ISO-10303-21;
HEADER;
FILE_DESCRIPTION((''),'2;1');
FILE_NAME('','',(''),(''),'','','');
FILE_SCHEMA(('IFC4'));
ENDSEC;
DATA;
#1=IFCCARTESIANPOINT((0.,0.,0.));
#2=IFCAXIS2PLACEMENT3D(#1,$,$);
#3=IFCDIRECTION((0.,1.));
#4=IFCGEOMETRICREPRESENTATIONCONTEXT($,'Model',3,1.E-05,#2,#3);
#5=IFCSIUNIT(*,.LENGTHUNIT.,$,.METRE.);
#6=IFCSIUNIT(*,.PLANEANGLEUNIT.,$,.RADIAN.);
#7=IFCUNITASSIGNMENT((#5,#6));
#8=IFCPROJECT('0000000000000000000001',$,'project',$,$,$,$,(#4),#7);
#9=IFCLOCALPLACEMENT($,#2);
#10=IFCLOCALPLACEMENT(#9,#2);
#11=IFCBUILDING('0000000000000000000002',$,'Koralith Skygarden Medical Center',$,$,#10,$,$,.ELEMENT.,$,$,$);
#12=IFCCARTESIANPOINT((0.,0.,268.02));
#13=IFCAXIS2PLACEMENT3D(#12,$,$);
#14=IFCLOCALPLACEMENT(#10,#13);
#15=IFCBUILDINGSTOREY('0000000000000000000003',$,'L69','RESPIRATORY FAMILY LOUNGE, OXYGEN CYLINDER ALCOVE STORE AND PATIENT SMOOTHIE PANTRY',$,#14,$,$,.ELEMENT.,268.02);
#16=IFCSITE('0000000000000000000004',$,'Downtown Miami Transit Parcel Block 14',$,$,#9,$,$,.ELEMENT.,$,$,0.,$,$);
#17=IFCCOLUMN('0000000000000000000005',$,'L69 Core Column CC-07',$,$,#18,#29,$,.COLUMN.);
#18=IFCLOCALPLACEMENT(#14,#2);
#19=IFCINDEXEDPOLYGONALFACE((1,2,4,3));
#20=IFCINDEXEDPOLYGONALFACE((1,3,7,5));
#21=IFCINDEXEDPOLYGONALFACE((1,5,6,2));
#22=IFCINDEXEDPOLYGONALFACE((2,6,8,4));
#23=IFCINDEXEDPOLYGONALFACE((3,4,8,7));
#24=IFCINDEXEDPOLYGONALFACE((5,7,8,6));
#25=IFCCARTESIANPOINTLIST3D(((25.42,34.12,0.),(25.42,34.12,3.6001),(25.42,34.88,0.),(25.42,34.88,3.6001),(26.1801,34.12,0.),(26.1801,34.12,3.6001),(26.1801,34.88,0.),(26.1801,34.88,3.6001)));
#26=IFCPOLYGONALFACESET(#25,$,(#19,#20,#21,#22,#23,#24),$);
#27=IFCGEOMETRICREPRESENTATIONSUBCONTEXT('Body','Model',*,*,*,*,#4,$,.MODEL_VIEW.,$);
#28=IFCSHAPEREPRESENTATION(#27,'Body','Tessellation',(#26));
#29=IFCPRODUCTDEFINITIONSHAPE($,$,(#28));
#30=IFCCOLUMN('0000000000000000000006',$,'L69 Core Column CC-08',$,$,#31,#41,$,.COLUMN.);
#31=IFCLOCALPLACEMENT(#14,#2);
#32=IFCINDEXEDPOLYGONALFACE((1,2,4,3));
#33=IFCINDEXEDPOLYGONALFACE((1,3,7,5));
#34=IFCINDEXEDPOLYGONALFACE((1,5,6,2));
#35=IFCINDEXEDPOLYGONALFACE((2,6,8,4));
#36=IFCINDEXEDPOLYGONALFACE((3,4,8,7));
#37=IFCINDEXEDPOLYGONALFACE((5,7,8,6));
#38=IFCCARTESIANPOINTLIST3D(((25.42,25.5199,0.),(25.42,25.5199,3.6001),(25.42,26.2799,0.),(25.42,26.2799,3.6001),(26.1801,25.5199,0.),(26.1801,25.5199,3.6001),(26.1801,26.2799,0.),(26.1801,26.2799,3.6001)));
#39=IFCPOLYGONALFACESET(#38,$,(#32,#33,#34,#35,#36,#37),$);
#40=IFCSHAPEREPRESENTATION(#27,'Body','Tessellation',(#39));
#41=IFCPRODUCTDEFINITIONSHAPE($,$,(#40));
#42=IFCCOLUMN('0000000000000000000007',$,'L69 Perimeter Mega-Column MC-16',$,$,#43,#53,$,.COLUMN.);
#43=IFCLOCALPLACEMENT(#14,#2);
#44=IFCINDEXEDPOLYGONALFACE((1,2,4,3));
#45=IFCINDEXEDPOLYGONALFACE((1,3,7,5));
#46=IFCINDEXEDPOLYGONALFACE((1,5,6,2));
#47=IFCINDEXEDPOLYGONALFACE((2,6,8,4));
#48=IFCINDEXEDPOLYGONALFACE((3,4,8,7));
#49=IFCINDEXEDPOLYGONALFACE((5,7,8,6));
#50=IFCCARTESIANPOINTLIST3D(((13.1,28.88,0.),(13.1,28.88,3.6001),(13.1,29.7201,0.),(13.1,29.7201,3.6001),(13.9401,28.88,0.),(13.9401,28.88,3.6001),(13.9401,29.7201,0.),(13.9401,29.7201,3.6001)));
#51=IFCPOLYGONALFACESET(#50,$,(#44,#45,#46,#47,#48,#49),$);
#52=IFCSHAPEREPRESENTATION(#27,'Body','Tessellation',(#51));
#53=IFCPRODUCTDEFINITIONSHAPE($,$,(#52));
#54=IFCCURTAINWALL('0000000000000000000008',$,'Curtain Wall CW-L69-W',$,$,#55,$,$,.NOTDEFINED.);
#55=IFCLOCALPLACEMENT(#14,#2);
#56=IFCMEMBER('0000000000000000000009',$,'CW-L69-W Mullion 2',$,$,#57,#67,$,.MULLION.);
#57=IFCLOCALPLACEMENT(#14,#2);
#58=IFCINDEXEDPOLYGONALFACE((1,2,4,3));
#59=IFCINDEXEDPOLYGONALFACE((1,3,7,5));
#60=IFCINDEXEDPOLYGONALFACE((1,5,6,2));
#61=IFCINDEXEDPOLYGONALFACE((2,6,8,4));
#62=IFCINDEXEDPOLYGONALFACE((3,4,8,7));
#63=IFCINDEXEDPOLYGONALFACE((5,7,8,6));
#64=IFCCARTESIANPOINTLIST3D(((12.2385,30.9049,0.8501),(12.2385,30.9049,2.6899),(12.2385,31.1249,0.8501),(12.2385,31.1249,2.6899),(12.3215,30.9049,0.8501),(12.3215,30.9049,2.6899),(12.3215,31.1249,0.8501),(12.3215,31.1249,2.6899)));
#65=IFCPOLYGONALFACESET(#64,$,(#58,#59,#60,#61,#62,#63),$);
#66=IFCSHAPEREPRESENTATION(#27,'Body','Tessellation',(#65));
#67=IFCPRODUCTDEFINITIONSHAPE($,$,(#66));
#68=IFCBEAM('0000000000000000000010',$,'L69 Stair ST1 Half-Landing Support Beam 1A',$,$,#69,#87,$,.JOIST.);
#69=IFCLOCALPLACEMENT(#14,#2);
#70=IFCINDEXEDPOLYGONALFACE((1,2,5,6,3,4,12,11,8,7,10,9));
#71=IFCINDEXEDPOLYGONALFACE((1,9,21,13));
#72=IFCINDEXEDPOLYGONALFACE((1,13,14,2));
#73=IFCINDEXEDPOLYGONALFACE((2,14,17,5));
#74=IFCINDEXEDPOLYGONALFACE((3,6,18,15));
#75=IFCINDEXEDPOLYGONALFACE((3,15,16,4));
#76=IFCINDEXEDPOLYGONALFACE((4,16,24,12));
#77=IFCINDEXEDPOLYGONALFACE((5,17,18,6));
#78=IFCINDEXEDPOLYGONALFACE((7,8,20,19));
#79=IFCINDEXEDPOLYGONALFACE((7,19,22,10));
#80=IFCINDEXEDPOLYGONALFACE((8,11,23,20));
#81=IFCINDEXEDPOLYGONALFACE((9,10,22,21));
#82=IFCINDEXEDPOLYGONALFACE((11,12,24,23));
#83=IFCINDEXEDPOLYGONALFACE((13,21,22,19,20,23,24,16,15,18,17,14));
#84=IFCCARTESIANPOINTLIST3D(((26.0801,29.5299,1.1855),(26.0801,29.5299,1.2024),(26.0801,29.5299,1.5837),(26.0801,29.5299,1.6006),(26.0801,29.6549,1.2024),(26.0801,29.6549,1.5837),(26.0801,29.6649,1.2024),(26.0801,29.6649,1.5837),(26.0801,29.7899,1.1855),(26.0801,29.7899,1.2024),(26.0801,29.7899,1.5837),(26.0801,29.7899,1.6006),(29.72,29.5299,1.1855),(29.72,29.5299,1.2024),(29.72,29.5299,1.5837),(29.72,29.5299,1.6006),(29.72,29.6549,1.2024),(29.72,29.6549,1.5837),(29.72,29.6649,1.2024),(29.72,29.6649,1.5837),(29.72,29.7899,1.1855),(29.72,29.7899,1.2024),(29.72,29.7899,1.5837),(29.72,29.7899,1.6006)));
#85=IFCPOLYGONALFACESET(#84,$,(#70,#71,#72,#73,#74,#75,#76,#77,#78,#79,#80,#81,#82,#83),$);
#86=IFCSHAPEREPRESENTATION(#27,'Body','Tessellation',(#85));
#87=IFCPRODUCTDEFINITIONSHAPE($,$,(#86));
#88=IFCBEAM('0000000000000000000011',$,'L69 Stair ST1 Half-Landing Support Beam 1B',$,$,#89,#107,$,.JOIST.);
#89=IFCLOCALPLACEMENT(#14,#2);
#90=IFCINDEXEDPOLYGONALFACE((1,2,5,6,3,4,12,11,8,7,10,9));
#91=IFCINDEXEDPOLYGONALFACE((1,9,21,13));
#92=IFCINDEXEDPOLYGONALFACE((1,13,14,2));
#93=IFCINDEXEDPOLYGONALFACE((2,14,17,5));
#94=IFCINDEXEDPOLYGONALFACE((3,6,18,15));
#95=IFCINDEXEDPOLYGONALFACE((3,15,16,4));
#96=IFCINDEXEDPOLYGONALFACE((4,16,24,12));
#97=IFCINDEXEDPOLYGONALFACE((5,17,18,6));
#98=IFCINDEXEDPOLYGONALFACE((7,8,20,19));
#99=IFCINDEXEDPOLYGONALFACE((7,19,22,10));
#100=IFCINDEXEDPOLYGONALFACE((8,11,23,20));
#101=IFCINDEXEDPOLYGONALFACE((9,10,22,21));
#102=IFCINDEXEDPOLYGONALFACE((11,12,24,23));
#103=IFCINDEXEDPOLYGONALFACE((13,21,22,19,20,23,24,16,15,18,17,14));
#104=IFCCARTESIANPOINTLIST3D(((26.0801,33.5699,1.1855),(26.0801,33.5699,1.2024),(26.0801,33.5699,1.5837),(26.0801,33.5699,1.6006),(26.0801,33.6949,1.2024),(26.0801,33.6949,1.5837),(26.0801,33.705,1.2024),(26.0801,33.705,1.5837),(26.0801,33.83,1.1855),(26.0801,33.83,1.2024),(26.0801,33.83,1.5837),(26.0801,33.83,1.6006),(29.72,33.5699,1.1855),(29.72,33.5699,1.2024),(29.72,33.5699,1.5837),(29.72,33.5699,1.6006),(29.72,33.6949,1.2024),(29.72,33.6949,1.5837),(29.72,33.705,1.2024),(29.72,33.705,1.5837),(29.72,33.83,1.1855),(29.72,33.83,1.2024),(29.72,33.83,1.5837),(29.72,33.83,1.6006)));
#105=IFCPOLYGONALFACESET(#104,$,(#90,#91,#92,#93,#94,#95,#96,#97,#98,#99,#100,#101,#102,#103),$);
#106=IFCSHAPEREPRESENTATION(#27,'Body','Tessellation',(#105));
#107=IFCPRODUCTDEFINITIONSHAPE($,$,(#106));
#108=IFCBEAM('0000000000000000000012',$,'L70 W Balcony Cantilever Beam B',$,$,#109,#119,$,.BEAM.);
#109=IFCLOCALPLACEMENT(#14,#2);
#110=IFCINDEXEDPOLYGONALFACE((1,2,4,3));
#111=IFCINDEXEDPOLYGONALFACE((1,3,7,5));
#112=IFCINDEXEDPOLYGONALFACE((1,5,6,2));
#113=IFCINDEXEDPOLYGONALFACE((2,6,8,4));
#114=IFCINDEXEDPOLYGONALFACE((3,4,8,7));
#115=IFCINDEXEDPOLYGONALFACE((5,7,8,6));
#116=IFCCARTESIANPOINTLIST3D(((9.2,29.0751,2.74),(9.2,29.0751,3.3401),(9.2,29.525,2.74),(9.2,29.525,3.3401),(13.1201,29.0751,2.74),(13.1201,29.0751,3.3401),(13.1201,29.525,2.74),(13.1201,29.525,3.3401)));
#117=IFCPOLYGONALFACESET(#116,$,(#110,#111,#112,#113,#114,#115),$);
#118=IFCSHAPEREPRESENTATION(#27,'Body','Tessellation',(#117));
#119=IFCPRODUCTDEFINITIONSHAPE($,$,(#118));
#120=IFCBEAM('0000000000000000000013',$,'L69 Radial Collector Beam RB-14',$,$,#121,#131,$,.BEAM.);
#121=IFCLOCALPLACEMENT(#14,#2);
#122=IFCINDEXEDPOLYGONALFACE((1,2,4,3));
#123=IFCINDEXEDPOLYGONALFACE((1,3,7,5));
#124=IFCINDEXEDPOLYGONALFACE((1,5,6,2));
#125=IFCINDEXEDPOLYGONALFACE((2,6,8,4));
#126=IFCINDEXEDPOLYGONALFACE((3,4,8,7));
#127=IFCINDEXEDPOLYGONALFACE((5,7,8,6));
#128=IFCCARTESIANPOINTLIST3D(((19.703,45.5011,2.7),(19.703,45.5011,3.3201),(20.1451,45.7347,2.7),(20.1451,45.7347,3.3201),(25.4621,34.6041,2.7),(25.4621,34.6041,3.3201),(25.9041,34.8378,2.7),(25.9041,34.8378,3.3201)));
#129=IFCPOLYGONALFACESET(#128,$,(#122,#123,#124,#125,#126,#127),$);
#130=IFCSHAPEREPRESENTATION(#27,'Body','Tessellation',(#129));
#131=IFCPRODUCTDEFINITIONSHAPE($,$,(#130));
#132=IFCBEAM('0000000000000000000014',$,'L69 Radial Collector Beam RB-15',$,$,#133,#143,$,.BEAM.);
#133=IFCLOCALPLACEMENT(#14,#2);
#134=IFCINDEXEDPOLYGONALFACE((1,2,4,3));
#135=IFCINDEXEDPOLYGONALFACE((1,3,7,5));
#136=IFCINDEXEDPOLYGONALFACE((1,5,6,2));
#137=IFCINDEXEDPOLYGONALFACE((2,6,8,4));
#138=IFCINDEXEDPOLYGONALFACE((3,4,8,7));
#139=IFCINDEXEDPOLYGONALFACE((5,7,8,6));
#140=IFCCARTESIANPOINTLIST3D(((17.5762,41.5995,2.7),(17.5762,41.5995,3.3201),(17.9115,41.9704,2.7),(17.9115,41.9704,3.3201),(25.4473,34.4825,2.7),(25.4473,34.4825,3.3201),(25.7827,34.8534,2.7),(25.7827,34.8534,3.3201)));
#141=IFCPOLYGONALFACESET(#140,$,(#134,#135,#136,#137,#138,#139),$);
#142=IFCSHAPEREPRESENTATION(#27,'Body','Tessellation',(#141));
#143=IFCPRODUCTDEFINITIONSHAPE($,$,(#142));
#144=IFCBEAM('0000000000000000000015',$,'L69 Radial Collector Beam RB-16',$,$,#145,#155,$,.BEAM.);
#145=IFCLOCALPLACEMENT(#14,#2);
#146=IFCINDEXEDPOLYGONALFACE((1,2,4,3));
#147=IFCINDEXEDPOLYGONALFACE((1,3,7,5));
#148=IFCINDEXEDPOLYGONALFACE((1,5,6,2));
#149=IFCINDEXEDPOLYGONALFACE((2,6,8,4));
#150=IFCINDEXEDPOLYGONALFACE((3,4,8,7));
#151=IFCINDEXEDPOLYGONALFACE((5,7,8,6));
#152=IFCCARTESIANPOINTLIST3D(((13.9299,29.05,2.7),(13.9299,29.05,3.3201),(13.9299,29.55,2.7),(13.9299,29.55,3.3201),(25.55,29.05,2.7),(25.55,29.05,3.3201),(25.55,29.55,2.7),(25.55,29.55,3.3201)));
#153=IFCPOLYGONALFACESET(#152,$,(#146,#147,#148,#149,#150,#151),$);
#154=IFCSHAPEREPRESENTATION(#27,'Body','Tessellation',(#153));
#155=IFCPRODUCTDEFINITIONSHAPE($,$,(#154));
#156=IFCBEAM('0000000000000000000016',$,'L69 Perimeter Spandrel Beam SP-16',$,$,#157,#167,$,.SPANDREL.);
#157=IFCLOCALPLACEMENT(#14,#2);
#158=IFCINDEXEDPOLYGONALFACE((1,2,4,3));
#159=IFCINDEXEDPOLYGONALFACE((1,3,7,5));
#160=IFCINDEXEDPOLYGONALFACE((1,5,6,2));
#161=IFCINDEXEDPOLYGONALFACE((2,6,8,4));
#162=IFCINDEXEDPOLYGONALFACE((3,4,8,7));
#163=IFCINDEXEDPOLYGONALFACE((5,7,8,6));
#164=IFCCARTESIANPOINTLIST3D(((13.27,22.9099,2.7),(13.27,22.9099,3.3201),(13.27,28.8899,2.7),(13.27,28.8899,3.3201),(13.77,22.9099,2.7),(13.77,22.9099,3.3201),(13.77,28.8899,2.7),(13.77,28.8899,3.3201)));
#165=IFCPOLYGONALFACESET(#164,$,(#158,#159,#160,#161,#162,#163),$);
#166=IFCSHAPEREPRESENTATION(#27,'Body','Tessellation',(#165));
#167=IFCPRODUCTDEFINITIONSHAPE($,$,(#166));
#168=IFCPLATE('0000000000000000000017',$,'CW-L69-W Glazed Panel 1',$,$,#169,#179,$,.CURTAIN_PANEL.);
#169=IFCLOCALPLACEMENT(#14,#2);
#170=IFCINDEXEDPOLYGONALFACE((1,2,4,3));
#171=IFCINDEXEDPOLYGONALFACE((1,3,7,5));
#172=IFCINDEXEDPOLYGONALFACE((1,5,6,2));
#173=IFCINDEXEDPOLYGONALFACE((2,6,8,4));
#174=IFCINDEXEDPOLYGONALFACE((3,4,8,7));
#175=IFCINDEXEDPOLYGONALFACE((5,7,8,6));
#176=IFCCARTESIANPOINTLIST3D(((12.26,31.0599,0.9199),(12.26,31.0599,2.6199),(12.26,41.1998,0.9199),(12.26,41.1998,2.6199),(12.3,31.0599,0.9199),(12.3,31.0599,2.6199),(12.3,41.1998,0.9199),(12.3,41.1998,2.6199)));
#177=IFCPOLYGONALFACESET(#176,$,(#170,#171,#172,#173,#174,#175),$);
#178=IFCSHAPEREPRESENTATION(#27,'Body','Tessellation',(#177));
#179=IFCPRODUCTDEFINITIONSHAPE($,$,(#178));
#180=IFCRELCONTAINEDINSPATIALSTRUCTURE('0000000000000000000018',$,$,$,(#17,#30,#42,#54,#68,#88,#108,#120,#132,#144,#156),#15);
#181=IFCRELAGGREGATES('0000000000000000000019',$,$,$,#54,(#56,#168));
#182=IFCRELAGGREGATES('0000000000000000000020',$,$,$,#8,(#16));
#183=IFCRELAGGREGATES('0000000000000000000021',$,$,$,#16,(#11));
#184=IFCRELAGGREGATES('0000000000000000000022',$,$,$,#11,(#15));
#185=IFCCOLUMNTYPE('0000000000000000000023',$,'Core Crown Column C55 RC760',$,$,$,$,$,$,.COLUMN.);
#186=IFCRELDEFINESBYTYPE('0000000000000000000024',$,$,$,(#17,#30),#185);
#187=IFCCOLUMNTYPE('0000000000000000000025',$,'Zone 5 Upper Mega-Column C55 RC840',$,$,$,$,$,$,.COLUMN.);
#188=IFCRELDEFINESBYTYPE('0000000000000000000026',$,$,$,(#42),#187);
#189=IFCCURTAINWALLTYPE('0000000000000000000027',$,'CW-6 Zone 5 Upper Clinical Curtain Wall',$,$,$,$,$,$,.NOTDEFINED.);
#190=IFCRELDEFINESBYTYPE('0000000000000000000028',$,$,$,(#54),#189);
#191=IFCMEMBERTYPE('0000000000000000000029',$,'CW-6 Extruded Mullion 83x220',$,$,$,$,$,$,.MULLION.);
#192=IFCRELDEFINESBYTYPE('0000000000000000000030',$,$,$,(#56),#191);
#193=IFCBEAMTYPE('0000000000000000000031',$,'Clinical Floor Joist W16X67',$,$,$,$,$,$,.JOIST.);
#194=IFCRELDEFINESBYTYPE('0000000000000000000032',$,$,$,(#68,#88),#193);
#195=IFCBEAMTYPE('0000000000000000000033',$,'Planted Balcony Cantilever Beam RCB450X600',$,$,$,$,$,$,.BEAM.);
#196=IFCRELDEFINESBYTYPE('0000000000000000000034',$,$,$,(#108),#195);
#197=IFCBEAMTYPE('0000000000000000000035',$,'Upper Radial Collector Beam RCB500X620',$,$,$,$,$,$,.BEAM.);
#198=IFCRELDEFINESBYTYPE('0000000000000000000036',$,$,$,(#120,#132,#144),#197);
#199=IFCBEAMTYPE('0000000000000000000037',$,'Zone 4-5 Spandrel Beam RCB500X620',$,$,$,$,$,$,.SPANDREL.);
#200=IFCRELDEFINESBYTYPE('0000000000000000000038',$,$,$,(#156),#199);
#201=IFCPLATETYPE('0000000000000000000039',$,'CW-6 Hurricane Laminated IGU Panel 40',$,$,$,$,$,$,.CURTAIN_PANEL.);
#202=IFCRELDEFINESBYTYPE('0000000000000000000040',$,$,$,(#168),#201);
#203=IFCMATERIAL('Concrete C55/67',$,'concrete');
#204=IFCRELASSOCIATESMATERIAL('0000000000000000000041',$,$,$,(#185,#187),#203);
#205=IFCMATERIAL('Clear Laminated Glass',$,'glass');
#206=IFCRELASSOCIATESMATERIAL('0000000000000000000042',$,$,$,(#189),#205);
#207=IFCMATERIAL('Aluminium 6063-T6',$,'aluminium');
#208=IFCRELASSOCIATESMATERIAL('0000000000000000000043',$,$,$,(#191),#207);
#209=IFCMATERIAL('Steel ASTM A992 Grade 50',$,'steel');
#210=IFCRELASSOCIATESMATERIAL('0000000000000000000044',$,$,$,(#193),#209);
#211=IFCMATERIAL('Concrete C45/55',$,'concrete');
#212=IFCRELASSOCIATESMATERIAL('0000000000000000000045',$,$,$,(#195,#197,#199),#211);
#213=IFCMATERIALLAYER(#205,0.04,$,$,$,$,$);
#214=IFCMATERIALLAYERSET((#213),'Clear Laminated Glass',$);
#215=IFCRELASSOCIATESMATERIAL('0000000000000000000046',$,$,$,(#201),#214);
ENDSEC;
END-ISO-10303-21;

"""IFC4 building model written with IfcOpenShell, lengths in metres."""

from ifc_helpers import new_model, si_unit, direction, frame, origin, origin_2d, place, context, subcontext, project, spatial, rectangle, i_section, extrude, material, layer, layer_set, material_profile, profile_set, type_object, element, aggregate, save


model = new_model("IFC4")

# Units and contexts
model_context = context("Model", 3, precision=1e-05, world=origin(), true_north=direction((0.0, 1.0)))
body_context = subcontext(model_context, "Body", "Model", "MODEL_VIEW")
ifc_project = project(units=[si_unit("LENGTHUNIT", "METRE"), si_unit("PLANEANGLEUNIT", "RADIAN")], contexts=[model_context])

# Site, building, storey
site_placement = place(None, origin())
site = spatial("IfcSite", under=ifc_project, at=site_placement, Name="Downtown Miami Transit Parcel Block 14", CompositionType="ELEMENT", RefElevation=0.0)
building_placement = place(site_placement, origin())
building = spatial("IfcBuilding", under=site, at=building_placement, Name="Koralith Skygarden Medical Center", CompositionType="ELEMENT")
storey_placement = place(building_placement, frame((0.0, 0.0, 268.02)))
storey = spatial("IfcBuildingStorey", under=building, at=storey_placement, Name="L69", Description="RESPIRATORY FAMILY LOUNGE, OXYGEN CYLINDER ALCOVE STORE AND PATIENT SMOOTHIE PANTRY", CompositionType="ELEMENT", Elevation=268.02)

# Columns
ifc_material_1 = material(Name="Concrete C55/67", Category="concrete")
ifc_material_profile_1 = material_profile(ifc_material_1, rectangle(XDim=0.76, YDim=0.76, at=origin_2d()), Name="RC760X760")
ifc_profile_set_1 = profile_set([ifc_material_profile_1], Name="Concrete C55/67")
column_type_1 = type_object("IfcColumnType", Name="Core Crown Column C55 RC760", PredefinedType="COLUMN", material=ifc_profile_set_1)
for number, where, z_axis, x_axis, name in (
    (1, (25.8, 34.5, 0.0), (0.0, 0.0, 1.0), (1.0, 0.0, 0.0), "L69 Core Column CC-07"),
    (2, (25.8, 25.8999, 0.0), (0.0, 0.0, 1.0), (1.0, 0.0, 0.0), "L69 Core Column CC-08"),
):
    element("IfcColumn", number, at=place(storey_placement, frame(where, z_axis=z_axis, x_axis=x_axis)), inside=storey, type_object=column_type_1, Name=name, PredefinedType="COLUMN", context=body_context, shape_type="SweptSolid", body=[
        extrude(rectangle(XDim=0.76, YDim=0.76, at=origin_2d()), origin(), (0.0, 0.0, 1.0), 3.6001),
    ])
ifc_material_profile_2 = material_profile(ifc_material_1, rectangle(XDim=0.8401, YDim=0.8401, at=origin_2d()), Name="RC840X840")
ifc_profile_set_2 = profile_set([ifc_material_profile_2], Name="Concrete C55/67")
column_type_2 = type_object("IfcColumnType", Name="Zone 5 Upper Mega-Column C55 RC840", PredefinedType="COLUMN", material=ifc_profile_set_2)
column_placement = place(storey_placement, frame((13.52, 29.3, 0.0), z_axis=(0.0, 0.0, 1.0), x_axis=(1.0, 0.0, 0.0)))
element("IfcColumn", 3, at=column_placement, inside=storey, type_object=column_type_2, Name="L69 Perimeter Mega-Column MC-16", PredefinedType="COLUMN", context=body_context, shape_type="SweptSolid", body=[
    extrude(rectangle(XDim=0.8401, YDim=0.8401, at=origin_2d()), origin(), (0.0, 0.0, 1.0), 3.6001),
])

# Curtain wall, member
ifc_material_2 = material(Name="Clear Laminated Glass", Category="glass")
curtain_wall_type = type_object("IfcCurtainWallType", Name="CW-6 Zone 5 Upper Clinical Curtain Wall", PredefinedType="NOTDEFINED", material=ifc_material_2)
curtain_wall_placement = place(storey_placement, origin())
curtain_wall = element("IfcCurtainWall", 4, at=curtain_wall_placement, inside=storey, type_object=curtain_wall_type, Name="Curtain Wall CW-L69-W", PredefinedType="NOTDEFINED")
ifc_material_3 = material(Name="Aluminium 6063-T6", Category="aluminium")
ifc_material_profile_3 = material_profile(ifc_material_3, rectangle(XDim=0.083, YDim=0.22, at=origin_2d()), Name="MUL83X220")
ifc_profile_set_3 = profile_set([ifc_material_profile_3], Name="Aluminium 6063-T6")
member_type = type_object("IfcMemberType", Name="CW-6 Extruded Mullion 83x220", PredefinedType="MULLION", material=ifc_profile_set_3)
member_placement = place(storey_placement, frame((12.28, 31.0149, 0.8501), z_axis=(0.0, 0.0, 1.0), x_axis=(1.0, 0.0, 0.0)))
member = element("IfcMember", 5, at=member_placement, type_object=member_type, Name="CW-L69-W Mullion 2", PredefinedType="MULLION", context=body_context, shape_type="SweptSolid", body=[
    extrude(rectangle(XDim=0.083, YDim=0.22, at=origin_2d()), origin(), (0.0, 0.0, 1.0), 1.8398),
])

# Beams
ifc_material_4 = material(Name="Steel ASTM A992 Grade 50", Category="steel")
ifc_material_profile_4 = material_profile(ifc_material_4, i_section(OverallWidth=0.26, OverallDepth=0.415, WebThickness=0.01, FlangeThickness=0.0168, at=origin_2d()), Name="W16X67")
ifc_profile_set_4 = profile_set([ifc_material_profile_4], Name="Steel ASTM A992 Grade 50")
beam_type_1 = type_object("IfcBeamType", Name="Clinical Floor Joist W16X67", PredefinedType="JOIST", material=ifc_profile_set_4)
for number, where, z_axis, x_axis, name in (
    (6, (26.0801, 29.6599, 1.3931), (1.0, 0.0, 0.0), (0.0, 1.0, 0.0), "L69 Stair ST1 Half-Landing Support Beam 1A"),
    (7, (26.0801, 33.7, 1.3931), (1.0, 0.0, 0.0), (0.0, 1.0, 0.0), "L69 Stair ST1 Half-Landing Support Beam 1B"),
):
    element("IfcBeam", number, at=place(storey_placement, frame(where, z_axis=z_axis, x_axis=x_axis)), inside=storey, type_object=beam_type_1, Name=name, PredefinedType="JOIST", context=body_context, shape_type="SweptSolid", body=[
        extrude(i_section(OverallWidth=0.26, OverallDepth=0.415, WebThickness=0.01, FlangeThickness=0.0168, at=origin_2d()), origin(), (0.0, 0.0, 1.0), 3.6399),
    ])
ifc_material_5 = material(Name="Concrete C45/55", Category="concrete")
ifc_material_profile_5 = material_profile(ifc_material_5, rectangle(XDim=0.45, YDim=0.6001, at=origin_2d()), Name="RCB450X600")
ifc_profile_set_5 = profile_set([ifc_material_profile_5], Name="Concrete C45/55")
beam_type_2 = type_object("IfcBeamType", Name="Planted Balcony Cantilever Beam RCB450X600", PredefinedType="BEAM", material=ifc_profile_set_5)
beam_1_placement = place(storey_placement, frame((13.1201, 29.3, 3.04), z_axis=(-1.0, 0.0, 0.0), x_axis=(0.0, -1.0, 0.0)))
element("IfcBeam", 8, at=beam_1_placement, inside=storey, type_object=beam_type_2, Name="L70 W Balcony Cantilever Beam B", PredefinedType="BEAM", context=body_context, shape_type="SweptSolid", body=[
    extrude(rectangle(XDim=0.45, YDim=0.6001, at=origin_2d()), origin(), (0.0, 0.0, 1.0), 3.9202),
])
ifc_material_profile_6 = material_profile(ifc_material_5, rectangle(XDim=0.5, YDim=0.6201, at=origin_2d()), Name="RCB500X620")
ifc_profile_set_6 = profile_set([ifc_material_profile_6], Name="Concrete C45/55")
beam_type_3 = type_object("IfcBeamType", Name="Upper Radial Collector Beam RCB500X620", PredefinedType="BEAM", material=ifc_profile_set_6)
beam_2_placement = place(storey_placement, frame((25.6831, 34.7209, 3.01), z_axis=(-0.467257, 0.884122, 0.0), x_axis=(-0.884122, -0.467257, 0.0)))
element("IfcBeam", 9, at=beam_2_placement, inside=storey, type_object=beam_type_3, Name="L69 Radial Collector Beam RB-14", PredefinedType="BEAM", context=body_context, shape_type="SweptSolid", body=[
    extrude(rectangle(XDim=0.5, YDim=0.6201, at=origin_2d()), origin(), (0.0, 0.0, 1.0), 12.3252),
])
beam_3_placement = place(storey_placement, frame((25.615, 34.668, 3.01), z_axis=(-0.741748, 0.670679, 0.0), x_axis=(-0.670679, -0.741748, 0.0)))
element("IfcBeam", 10, at=beam_3_placement, inside=storey, type_object=beam_type_3, Name="L69 Radial Collector Beam RB-15", PredefinedType="BEAM", context=body_context, shape_type="SweptSolid", body=[
    extrude(rectangle(XDim=0.5, YDim=0.6201, at=origin_2d()), origin(), (0.0, 0.0, 1.0), 10.6116),
])
beam_4_placement = place(storey_placement, frame((25.55, 29.3, 3.01), z_axis=(-1.0, 0.0, 0.0), x_axis=(0.0, -1.0, 0.0)))
element("IfcBeam", 11, at=beam_4_placement, inside=storey, type_object=beam_type_3, Name="L69 Radial Collector Beam RB-16", PredefinedType="BEAM", context=body_context, shape_type="SweptSolid", body=[
    extrude(rectangle(XDim=0.5, YDim=0.6201, at=origin_2d()), origin(), (0.0, 0.0, 1.0), 11.6201),
])
ifc_material_profile_7 = material_profile(ifc_material_5, rectangle(XDim=0.5, YDim=0.6201, at=origin_2d()), Name="RCB500X620")
ifc_profile_set_7 = profile_set([ifc_material_profile_7], Name="Concrete C45/55")
beam_type_4 = type_object("IfcBeamType", Name="Zone 4-5 Spandrel Beam RCB500X620", PredefinedType="SPANDREL", material=ifc_profile_set_7)
beam_5_placement = place(storey_placement, frame((13.52, 28.8899, 3.01), z_axis=(0.0, -1.0, 0.0), x_axis=(1.0, 0.0, 0.0)))
element("IfcBeam", 12, at=beam_5_placement, inside=storey, type_object=beam_type_4, Name="L69 Perimeter Spandrel Beam SP-16", PredefinedType="SPANDREL", context=body_context, shape_type="SweptSolid", body=[
    extrude(rectangle(XDim=0.5, YDim=0.6201, at=origin_2d()), origin(), (0.0, 0.0, 1.0), 5.98),
])

# Plate
ifc_layer_1 = layer(ifc_material_2, 0.04)
ifc_layer_set_1 = layer_set([ifc_layer_1], Name="Clear Laminated Glass")
plate_type = type_object("IfcPlateType", Name="CW-6 Hurricane Laminated IGU Panel 40", PredefinedType="CURTAIN_PANEL", material=ifc_layer_set_1)
plate_1_placement = place(storey_placement, frame((12.28, 36.1299, 0.9199), z_axis=(0.0, 0.0, 1.0), x_axis=(0.0, -1.0, 0.0)))
plate_1 = element("IfcPlate", 13, at=plate_1_placement, type_object=plate_type, Name="CW-L69-W Glazed Panel 1", PredefinedType="CURTAIN_PANEL", context=body_context, shape_type="SweptSolid", body=[
    extrude(rectangle(XDim=10.1399, YDim=0.04, at=origin_2d()), origin(), (0.0, 0.0, 1.0), 1.7),
])
aggregate(curtain_wall, [member, plate_1])

save(model, "model.ifc")
